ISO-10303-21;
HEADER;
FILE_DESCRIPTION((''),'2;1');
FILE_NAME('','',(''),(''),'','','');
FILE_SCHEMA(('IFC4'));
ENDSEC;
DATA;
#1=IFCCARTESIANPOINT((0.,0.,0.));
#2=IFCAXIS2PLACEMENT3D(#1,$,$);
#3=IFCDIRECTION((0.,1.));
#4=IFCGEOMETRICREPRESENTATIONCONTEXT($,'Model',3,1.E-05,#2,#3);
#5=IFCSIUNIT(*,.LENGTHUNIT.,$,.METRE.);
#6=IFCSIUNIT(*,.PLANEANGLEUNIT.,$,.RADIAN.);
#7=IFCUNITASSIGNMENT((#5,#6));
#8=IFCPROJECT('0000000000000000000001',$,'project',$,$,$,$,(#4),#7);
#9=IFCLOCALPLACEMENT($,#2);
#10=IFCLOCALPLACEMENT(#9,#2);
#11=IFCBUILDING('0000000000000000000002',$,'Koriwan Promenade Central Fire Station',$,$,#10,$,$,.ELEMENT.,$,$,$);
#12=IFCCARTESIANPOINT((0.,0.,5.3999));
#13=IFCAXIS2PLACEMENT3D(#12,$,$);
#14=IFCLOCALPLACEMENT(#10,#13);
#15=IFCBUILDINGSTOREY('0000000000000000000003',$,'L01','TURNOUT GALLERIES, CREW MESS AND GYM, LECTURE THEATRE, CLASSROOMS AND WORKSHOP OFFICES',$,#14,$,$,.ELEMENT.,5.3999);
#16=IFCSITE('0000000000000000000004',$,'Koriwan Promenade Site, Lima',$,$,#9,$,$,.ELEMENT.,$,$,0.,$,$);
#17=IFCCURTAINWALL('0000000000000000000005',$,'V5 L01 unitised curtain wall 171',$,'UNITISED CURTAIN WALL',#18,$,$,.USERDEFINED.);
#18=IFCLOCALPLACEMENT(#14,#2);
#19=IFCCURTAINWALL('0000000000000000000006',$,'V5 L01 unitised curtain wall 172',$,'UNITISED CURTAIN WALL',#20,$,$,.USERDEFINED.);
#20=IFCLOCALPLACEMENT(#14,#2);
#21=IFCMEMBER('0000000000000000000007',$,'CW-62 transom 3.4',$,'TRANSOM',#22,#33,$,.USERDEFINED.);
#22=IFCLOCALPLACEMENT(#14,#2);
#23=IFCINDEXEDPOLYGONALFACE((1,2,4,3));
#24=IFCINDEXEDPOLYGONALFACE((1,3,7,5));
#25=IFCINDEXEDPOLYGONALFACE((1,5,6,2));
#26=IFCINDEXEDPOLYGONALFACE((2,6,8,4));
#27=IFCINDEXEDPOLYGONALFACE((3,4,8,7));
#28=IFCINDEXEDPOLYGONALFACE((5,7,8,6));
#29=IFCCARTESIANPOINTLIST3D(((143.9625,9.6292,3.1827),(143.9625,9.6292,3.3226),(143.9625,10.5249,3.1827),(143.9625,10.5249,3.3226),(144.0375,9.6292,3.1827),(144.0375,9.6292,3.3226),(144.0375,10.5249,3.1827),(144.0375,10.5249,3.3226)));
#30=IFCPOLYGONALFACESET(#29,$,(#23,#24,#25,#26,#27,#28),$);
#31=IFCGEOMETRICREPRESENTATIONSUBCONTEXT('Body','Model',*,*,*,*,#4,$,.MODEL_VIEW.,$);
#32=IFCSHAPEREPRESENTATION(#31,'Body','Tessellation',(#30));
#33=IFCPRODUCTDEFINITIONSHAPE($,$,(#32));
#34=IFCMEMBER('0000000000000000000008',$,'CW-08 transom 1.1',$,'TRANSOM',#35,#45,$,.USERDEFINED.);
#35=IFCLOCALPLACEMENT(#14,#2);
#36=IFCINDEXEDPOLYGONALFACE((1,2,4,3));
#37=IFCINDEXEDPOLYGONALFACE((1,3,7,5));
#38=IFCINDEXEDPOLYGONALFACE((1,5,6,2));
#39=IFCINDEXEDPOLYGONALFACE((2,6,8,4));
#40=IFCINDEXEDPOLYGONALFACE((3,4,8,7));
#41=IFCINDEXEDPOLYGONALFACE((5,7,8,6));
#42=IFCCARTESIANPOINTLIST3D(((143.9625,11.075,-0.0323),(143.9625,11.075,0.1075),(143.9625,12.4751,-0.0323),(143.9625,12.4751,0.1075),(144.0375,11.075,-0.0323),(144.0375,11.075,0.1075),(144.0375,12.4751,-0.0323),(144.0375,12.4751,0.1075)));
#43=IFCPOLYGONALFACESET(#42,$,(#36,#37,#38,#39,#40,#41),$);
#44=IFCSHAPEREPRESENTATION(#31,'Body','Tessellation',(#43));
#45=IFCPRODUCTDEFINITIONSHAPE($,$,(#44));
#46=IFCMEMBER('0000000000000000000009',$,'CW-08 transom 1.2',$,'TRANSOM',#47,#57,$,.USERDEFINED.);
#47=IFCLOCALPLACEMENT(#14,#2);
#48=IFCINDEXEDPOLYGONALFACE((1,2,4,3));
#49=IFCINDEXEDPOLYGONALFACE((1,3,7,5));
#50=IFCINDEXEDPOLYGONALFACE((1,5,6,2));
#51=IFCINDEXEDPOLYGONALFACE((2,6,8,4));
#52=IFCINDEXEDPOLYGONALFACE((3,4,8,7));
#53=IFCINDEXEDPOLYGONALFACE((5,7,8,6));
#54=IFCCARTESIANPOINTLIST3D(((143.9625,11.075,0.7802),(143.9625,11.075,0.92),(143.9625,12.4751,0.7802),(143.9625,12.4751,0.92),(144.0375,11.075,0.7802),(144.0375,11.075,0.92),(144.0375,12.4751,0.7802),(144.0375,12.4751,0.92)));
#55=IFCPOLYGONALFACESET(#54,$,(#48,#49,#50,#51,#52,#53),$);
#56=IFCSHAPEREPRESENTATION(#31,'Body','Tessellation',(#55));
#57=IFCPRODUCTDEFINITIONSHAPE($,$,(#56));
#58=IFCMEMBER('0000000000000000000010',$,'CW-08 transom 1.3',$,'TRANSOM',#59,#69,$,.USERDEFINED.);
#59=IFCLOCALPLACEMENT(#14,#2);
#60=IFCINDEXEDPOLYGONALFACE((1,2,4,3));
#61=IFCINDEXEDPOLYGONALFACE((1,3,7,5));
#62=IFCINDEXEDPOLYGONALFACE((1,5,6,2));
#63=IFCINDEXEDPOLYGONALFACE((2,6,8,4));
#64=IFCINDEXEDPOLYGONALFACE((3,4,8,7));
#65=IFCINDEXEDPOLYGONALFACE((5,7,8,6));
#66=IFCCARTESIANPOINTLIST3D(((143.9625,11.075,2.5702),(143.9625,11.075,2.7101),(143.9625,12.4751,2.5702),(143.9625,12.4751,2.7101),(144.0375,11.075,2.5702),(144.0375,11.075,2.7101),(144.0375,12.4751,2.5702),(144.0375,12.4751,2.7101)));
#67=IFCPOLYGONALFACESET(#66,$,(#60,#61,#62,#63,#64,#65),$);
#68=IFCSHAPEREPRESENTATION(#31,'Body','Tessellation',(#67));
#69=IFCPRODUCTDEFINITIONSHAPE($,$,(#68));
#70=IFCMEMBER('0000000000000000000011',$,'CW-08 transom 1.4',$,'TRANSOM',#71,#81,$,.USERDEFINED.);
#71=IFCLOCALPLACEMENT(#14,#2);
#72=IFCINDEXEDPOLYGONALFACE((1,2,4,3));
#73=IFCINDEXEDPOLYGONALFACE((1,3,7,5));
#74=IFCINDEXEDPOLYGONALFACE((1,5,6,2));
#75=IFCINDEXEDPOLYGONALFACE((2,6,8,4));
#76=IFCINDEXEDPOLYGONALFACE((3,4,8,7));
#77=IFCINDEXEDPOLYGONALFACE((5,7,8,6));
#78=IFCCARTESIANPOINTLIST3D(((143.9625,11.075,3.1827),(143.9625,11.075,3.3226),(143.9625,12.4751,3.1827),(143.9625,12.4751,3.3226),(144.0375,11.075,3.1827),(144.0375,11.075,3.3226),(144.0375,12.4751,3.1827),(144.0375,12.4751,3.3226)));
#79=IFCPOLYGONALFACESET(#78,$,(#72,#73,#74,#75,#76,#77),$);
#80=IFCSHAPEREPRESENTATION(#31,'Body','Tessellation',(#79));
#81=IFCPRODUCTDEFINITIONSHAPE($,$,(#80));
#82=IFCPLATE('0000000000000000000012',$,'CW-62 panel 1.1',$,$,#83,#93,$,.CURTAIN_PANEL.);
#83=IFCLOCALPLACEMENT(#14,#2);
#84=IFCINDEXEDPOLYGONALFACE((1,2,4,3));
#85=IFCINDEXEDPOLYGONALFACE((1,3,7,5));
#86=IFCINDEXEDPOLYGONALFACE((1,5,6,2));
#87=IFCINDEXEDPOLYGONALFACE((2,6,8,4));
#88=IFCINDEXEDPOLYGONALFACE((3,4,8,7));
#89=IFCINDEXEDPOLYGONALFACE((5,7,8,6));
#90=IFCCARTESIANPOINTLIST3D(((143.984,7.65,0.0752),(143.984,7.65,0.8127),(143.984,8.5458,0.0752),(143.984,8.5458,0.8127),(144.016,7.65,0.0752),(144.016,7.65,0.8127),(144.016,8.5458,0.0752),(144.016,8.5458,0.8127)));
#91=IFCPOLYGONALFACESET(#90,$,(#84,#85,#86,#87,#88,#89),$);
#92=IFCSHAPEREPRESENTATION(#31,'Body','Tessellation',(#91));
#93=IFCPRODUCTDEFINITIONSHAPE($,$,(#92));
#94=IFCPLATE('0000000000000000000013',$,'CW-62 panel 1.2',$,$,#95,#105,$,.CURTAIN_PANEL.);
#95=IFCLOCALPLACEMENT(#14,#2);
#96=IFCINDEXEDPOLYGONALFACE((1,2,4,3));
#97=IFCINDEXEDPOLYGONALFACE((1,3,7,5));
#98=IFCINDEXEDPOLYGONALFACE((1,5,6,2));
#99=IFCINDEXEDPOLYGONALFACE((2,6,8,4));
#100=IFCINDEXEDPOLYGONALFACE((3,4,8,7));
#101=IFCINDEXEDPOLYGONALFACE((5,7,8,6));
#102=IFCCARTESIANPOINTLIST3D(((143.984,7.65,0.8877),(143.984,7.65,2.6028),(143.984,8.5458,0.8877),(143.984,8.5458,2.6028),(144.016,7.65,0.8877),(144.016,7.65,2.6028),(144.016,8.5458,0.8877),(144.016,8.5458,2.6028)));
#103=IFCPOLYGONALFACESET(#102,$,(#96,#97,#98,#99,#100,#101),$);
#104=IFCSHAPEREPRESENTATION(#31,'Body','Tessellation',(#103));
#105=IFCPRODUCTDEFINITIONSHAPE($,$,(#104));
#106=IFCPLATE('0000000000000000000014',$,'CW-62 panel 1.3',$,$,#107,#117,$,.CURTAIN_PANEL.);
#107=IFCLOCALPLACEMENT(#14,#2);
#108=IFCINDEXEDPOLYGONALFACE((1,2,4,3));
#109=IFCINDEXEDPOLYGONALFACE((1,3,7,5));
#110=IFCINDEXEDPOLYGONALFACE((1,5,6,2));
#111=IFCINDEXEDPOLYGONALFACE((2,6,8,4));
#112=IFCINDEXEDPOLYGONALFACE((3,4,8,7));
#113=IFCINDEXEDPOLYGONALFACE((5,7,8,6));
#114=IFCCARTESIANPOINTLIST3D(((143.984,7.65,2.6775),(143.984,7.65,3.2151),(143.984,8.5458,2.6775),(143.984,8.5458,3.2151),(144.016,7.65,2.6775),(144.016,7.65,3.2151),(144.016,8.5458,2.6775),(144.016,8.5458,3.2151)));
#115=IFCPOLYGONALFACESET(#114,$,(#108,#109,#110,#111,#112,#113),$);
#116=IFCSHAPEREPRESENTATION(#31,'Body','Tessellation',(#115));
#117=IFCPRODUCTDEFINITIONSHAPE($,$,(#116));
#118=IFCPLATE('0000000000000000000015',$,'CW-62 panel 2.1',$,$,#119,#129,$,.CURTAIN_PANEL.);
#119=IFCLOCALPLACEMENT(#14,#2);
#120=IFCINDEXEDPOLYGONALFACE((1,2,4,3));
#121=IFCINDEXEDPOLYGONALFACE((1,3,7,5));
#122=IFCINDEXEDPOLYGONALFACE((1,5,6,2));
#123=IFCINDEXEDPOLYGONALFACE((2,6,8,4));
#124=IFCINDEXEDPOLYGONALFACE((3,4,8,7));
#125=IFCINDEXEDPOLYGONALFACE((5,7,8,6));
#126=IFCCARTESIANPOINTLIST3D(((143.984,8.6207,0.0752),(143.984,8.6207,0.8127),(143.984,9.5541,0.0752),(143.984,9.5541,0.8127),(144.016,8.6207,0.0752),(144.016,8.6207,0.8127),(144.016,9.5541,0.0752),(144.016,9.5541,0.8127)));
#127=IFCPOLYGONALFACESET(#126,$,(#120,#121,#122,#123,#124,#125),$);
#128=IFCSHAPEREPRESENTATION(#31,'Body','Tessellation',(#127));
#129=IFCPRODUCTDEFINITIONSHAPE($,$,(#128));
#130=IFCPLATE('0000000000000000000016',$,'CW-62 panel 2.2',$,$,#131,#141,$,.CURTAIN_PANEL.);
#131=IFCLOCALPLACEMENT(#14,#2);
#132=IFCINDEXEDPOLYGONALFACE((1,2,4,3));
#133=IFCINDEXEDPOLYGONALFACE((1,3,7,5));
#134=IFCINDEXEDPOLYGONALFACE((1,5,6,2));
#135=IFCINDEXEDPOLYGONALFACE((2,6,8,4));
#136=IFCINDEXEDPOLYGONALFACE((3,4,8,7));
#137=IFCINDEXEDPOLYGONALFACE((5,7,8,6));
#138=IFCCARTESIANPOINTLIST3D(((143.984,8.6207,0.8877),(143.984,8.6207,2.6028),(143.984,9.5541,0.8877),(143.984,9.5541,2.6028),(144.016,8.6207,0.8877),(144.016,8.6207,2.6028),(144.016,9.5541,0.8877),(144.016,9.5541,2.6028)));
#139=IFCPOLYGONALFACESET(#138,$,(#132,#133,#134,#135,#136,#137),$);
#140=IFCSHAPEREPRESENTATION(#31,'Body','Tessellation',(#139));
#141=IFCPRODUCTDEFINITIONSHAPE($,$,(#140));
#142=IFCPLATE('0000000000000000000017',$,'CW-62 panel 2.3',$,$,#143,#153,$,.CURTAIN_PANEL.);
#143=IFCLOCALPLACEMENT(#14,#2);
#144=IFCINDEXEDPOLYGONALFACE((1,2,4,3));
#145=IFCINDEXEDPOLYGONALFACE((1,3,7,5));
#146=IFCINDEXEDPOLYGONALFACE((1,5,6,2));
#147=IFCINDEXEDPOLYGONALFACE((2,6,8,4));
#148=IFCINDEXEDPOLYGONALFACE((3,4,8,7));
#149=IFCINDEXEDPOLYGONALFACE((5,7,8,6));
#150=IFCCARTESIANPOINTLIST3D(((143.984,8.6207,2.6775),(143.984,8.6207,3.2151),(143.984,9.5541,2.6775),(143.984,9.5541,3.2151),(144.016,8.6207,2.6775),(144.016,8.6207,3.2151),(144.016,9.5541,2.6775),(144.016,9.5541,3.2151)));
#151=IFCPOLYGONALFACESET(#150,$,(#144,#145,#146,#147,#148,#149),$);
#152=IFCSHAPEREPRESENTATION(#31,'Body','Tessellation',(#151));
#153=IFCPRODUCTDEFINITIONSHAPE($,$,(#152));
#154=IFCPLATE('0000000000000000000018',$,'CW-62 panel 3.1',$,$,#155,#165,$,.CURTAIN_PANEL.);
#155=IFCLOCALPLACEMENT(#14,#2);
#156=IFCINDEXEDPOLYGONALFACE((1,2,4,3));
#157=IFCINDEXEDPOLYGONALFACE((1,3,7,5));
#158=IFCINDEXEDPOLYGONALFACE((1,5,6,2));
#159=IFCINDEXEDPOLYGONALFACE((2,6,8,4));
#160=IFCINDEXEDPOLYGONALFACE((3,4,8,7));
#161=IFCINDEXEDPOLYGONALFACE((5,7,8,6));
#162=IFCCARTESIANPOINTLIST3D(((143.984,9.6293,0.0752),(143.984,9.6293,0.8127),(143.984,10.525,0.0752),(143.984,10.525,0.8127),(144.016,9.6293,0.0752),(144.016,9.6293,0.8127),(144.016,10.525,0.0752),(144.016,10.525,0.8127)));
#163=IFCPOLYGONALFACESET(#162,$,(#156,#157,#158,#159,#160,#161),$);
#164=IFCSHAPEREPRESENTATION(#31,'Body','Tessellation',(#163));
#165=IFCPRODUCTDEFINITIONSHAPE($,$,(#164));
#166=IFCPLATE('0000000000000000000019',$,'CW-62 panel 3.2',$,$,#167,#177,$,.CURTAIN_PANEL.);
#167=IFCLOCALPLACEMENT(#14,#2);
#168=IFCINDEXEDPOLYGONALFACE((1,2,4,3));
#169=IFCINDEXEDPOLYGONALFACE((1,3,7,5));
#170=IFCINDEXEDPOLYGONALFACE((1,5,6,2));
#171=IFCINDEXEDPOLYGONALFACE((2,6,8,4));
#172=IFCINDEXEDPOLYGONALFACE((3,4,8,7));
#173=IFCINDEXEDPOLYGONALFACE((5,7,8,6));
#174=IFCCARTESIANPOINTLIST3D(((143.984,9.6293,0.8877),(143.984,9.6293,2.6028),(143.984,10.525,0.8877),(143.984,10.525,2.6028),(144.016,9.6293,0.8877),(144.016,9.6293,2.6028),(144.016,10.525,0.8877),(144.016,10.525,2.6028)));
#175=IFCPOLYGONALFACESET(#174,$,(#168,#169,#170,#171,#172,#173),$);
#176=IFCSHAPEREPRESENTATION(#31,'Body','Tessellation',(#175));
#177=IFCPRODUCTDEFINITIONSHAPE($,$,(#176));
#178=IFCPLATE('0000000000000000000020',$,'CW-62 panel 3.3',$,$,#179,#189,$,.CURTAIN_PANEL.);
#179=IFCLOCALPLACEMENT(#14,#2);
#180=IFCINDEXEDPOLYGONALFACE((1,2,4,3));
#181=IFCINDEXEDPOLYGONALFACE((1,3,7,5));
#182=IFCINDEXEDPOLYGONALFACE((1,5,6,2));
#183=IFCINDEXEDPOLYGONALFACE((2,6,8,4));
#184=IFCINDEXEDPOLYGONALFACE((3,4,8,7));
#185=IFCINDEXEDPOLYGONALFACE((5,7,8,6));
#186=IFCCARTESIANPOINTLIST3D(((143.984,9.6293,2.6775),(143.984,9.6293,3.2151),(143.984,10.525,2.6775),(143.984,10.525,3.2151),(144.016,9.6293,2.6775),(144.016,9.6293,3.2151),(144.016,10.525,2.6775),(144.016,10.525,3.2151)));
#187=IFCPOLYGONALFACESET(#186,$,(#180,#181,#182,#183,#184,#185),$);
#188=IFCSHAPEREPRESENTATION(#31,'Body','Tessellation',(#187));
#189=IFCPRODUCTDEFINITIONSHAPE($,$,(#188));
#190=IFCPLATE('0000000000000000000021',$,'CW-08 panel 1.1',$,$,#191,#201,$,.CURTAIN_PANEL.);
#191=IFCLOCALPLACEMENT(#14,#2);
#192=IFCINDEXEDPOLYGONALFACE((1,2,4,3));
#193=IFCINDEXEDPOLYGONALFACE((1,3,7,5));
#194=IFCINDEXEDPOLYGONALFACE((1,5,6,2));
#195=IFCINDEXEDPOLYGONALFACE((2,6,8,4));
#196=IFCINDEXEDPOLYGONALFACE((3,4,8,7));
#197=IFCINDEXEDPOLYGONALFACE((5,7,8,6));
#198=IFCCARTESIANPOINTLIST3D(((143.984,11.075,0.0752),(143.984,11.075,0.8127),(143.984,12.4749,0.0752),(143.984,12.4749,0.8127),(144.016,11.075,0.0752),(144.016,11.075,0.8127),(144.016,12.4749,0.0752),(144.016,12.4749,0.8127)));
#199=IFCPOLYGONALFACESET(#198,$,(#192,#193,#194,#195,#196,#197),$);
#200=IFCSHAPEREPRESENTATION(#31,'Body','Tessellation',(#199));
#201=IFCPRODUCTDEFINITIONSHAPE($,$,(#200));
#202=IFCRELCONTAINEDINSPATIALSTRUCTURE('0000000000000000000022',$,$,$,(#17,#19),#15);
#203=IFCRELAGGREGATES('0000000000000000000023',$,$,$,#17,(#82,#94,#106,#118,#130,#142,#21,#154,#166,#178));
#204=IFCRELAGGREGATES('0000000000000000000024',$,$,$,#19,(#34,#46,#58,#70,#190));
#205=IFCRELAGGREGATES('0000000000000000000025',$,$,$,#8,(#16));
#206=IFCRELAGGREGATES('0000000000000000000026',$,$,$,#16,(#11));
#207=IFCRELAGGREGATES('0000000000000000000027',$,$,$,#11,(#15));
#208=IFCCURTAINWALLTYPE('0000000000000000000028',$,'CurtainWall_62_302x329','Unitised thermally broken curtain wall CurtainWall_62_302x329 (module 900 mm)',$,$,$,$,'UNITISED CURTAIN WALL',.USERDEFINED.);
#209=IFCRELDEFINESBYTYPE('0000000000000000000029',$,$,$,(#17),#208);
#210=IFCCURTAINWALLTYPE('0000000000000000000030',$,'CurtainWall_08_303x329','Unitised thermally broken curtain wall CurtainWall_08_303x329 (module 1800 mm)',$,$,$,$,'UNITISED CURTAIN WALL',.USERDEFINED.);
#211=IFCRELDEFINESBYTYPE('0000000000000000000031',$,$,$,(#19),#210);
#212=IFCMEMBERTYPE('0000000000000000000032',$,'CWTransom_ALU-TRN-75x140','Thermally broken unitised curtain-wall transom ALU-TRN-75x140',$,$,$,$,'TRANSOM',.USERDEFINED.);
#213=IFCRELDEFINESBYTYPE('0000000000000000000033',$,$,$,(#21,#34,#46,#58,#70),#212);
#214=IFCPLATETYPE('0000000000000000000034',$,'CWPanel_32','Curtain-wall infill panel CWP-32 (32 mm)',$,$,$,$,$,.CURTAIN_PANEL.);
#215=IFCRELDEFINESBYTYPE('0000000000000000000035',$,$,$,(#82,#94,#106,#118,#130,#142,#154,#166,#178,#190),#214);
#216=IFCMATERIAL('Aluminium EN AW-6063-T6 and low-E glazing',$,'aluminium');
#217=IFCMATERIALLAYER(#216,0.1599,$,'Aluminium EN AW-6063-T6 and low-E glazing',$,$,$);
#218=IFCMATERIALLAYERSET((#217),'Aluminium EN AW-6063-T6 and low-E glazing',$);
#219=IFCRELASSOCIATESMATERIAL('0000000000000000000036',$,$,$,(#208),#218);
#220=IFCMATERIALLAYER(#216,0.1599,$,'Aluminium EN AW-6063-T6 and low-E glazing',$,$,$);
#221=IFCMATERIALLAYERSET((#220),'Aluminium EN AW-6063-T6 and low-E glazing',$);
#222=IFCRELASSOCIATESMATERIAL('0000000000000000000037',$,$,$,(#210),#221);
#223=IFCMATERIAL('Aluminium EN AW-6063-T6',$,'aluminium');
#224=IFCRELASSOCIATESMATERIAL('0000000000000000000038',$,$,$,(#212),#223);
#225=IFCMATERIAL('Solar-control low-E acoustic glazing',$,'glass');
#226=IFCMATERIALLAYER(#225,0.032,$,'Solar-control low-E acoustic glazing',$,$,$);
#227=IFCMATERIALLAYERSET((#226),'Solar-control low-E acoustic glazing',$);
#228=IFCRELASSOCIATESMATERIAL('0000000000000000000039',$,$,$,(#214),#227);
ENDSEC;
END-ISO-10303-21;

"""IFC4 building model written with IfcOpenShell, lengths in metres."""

from ifc_helpers import new_model, si_unit, direction, frame, origin, origin_2d, place, context, subcontext, project, spatial, rectangle, extrude, material, layer, layer_set, material_profile, profile_set, type_object, element, aggregate, save


model = new_model("IFC4")

# Units and contexts
model_context = context("Model", 3, precision=1e-05, world=origin(), true_north=direction((0.0, 1.0)))
body_context = subcontext(model_context, "Body", "Model", "MODEL_VIEW")
ifc_project = project(units=[si_unit("LENGTHUNIT", "METRE"), si_unit("PLANEANGLEUNIT", "RADIAN")], contexts=[model_context])

# Site, building, storey
site_placement = place(None, origin())
site = spatial("IfcSite", under=ifc_project, at=site_placement, Name="Koriwan Promenade Site, Lima", CompositionType="ELEMENT", RefElevation=0.0)
building_placement = place(site_placement, origin())
building = spatial("IfcBuilding", under=site, at=building_placement, Name="Koriwan Promenade Central Fire Station", CompositionType="ELEMENT")
storey_placement = place(building_placement, frame((0.0, 0.0, 5.3999)))
storey = spatial("IfcBuildingStorey", under=building, at=storey_placement, Name="L01", Description="TURNOUT GALLERIES, CREW MESS AND GYM, LECTURE THEATRE, CLASSROOMS AND WORKSHOP OFFICES", CompositionType="ELEMENT", Elevation=5.3999)

# Curtain walls
ifc_material_1 = material(Name="Aluminium EN AW-6063-T6 and low-E glazing", Category="aluminium")
ifc_layer_1 = layer(ifc_material_1, 0.1599, Name="Aluminium EN AW-6063-T6 and low-E glazing")
ifc_layer_set_1 = layer_set([ifc_layer_1], Name="Aluminium EN AW-6063-T6 and low-E glazing")
curtain_wall_type_1 = type_object("IfcCurtainWallType", Name="CurtainWall_62_302x329", Description="Unitised thermally broken curtain wall CurtainWall_62_302x329 (module 900 mm)", ElementType="UNITISED CURTAIN WALL", PredefinedType="USERDEFINED", material=ifc_layer_set_1)
curtain_wall_1_placement = place(storey_placement, origin())
curtain_wall_1 = element("IfcCurtainWall", 1, at=curtain_wall_1_placement, inside=storey, type_object=curtain_wall_type_1, Name="V5 L01 unitised curtain wall 171", ObjectType="UNITISED CURTAIN WALL", PredefinedType="USERDEFINED")
ifc_material_2 = material(Name="Aluminium EN AW-6063-T6", Category="aluminium")
ifc_layer_2 = layer(ifc_material_1, 0.1599, Name="Aluminium EN AW-6063-T6 and low-E glazing")
ifc_layer_set_2 = layer_set([ifc_layer_2], Name="Aluminium EN AW-6063-T6 and low-E glazing")
curtain_wall_type_2 = type_object("IfcCurtainWallType", Name="CurtainWall_08_303x329", Description="Unitised thermally broken curtain wall CurtainWall_08_303x329 (module 1800 mm)", ElementType="UNITISED CURTAIN WALL", PredefinedType="USERDEFINED", material=ifc_layer_set_2)
curtain_wall_2_placement = place(storey_placement, origin())
curtain_wall_2 = element("IfcCurtainWall", 2, at=curtain_wall_2_placement, inside=storey, type_object=curtain_wall_type_2, Name="V5 L01 unitised curtain wall 172", ObjectType="UNITISED CURTAIN WALL", PredefinedType="USERDEFINED")

# Members
ifc_material_profile_1 = material_profile(ifc_material_2, rectangle(XDim=0.075, YDim=0.1399, at=origin_2d()), Name="ALU-TRN-75x140")
ifc_profile_set_1 = profile_set([ifc_material_profile_1], Name="Aluminium EN AW-6063-T6")
member_type_1 = type_object("IfcMemberType", Name="CWTransom_ALU-TRN-75x140", Description="Thermally broken unitised curtain-wall transom ALU-TRN-75x140", ElementType="TRANSOM", PredefinedType="USERDEFINED", material=ifc_profile_set_1)
member_1_placement = place(storey_placement, frame((144.0, 9.6292, 3.2527), z_axis=(0.0, 1.0, 0.0), x_axis=(-1.0, 0.0, 0.0)))
member_1 = element("IfcMember", 3, at=member_1_placement, type_object=member_type_1, Name="CW-62 transom 3.4", ObjectType="TRANSOM", PredefinedType="USERDEFINED", context=body_context, shape_type="SweptSolid", body=[
    extrude(rectangle(XDim=0.075, YDim=0.1399, at=origin_2d()), origin(), (0.0, 0.0, 1.0), 0.8958),
])
member_2_placement = place(storey_placement, frame((144.0, 11.075, 0.0376), z_axis=(0.0, 1.0, 0.0), x_axis=(-1.0, 0.0, 0.0)))
member_2 = element("IfcMember", 4, at=member_2_placement, type_object=member_type_1, Name="CW-08 transom 1.1", ObjectType="TRANSOM", PredefinedType="USERDEFINED", context=body_context, shape_type="SweptSolid", body=[
    extrude(rectangle(XDim=0.075, YDim=0.1399, at=origin_2d()), origin(), (0.0, 0.0, 1.0), 1.4001),
])
member_3_placement = place(storey_placement, frame((144.0, 11.075, 0.8501), z_axis=(0.0, 1.0, 0.0), x_axis=(-1.0, 0.0, 0.0)))
member_3 = element("IfcMember", 5, at=member_3_placement, type_object=member_type_1, Name="CW-08 transom 1.2", ObjectType="TRANSOM", PredefinedType="USERDEFINED", context=body_context, shape_type="SweptSolid", body=[
    extrude(rectangle(XDim=0.075, YDim=0.1399, at=origin_2d()), origin(), (0.0, 0.0, 1.0), 1.4001),
])
member_4_placement = place(storey_placement, frame((144.0, 11.075, 2.6401), z_axis=(0.0, 1.0, 0.0), x_axis=(-1.0, 0.0, 0.0)))
member_4 = element("IfcMember", 6, at=member_4_placement, type_object=member_type_1, Name="CW-08 transom 1.3", ObjectType="TRANSOM", PredefinedType="USERDEFINED", context=body_context, shape_type="SweptSolid", body=[
    extrude(rectangle(XDim=0.075, YDim=0.1399, at=origin_2d()), origin(), (0.0, 0.0, 1.0), 1.4001),
])
member_5_placement = place(storey_placement, frame((144.0, 11.075, 3.2527), z_axis=(0.0, 1.0, 0.0), x_axis=(-1.0, 0.0, 0.0)))
member_5 = element("IfcMember", 7, at=member_5_placement, type_object=member_type_1, Name="CW-08 transom 1.4", ObjectType="TRANSOM", PredefinedType="USERDEFINED", context=body_context, shape_type="SweptSolid", body=[
    extrude(rectangle(XDim=0.075, YDim=0.1399, at=origin_2d()), origin(), (0.0, 0.0, 1.0), 1.4001),
])

# Plates
ifc_material_3 = material(Name="Solar-control low-E acoustic glazing", Category="glass")
ifc_layer_3 = layer(ifc_material_3, 0.032, Name="Solar-control low-E acoustic glazing")
ifc_layer_set_3 = layer_set([ifc_layer_3], Name="Solar-control low-E acoustic glazing")
plate_type = type_object("IfcPlateType", Name="CWPanel_32", Description="Curtain-wall infill panel CWP-32 (32 mm)", PredefinedType="CURTAIN_PANEL", material=ifc_layer_set_3)
plate_1_placement = place(storey_placement, frame((144.0, 8.0979, 0.0752), z_axis=(0.0, 0.0, 1.0), x_axis=(0.0, 1.0, 0.0)))
plate_1 = element("IfcPlate", 8, at=plate_1_placement, type_object=plate_type, Name="CW-62 panel 1.1", PredefinedType="CURTAIN_PANEL", context=body_context, shape_type="SweptSolid", body=[
    extrude(rectangle(XDim=0.8958, YDim=0.032, at=origin_2d()), origin(), (0.0, 0.0, 1.0), 0.7375),
])
plate_2_placement = place(storey_placement, frame((144.0, 8.0979, 0.8877), z_axis=(0.0, 0.0, 1.0), x_axis=(0.0, 1.0, 0.0)))
plate_2 = element("IfcPlate", 9, at=plate_2_placement, type_object=plate_type, Name="CW-62 panel 1.2", PredefinedType="CURTAIN_PANEL", context=body_context, shape_type="SweptSolid", body=[
    extrude(rectangle(XDim=0.8958, YDim=0.032, at=origin_2d()), origin(), (0.0, 0.0, 1.0), 1.7151),
])
plate_3_placement = place(storey_placement, frame((144.0, 8.0979, 2.6775), z_axis=(0.0, 0.0, 1.0), x_axis=(0.0, 1.0, 0.0)))
plate_3 = element("IfcPlate", 10, at=plate_3_placement, type_object=plate_type, Name="CW-62 panel 1.3", PredefinedType="CURTAIN_PANEL", context=body_context, shape_type="SweptSolid", body=[
    extrude(rectangle(XDim=0.8958, YDim=0.032, at=origin_2d()), origin(), (0.0, 0.0, 1.0), 0.5376),
])
plate_4_placement = place(storey_placement, frame((144.0, 9.0874, 0.0752), z_axis=(0.0, 0.0, 1.0), x_axis=(0.0, 1.0, 0.0)))
plate_4 = element("IfcPlate", 11, at=plate_4_placement, type_object=plate_type, Name="CW-62 panel 2.1", PredefinedType="CURTAIN_PANEL", context=body_context, shape_type="SweptSolid", body=[
    extrude(rectangle(XDim=0.9333, YDim=0.032, at=origin_2d()), origin(), (0.0, 0.0, 1.0), 0.7375),
])
plate_5_placement = place(storey_placement, frame((144.0, 9.0874, 0.8877), z_axis=(0.0, 0.0, 1.0), x_axis=(0.0, 1.0, 0.0)))
plate_5 = element("IfcPlate", 12, at=plate_5_placement, type_object=plate_type, Name="CW-62 panel 2.2", PredefinedType="CURTAIN_PANEL", context=body_context, shape_type="SweptSolid", body=[
    extrude(rectangle(XDim=0.9333, YDim=0.032, at=origin_2d()), origin(), (0.0, 0.0, 1.0), 1.7151),
])
plate_6_placement = place(storey_placement, frame((144.0, 9.0874, 2.6775), z_axis=(0.0, 0.0, 1.0), x_axis=(0.0, 1.0, 0.0)))
plate_6 = element("IfcPlate", 13, at=plate_6_placement, type_object=plate_type, Name="CW-62 panel 2.3", PredefinedType="CURTAIN_PANEL", context=body_context, shape_type="SweptSolid", body=[
    extrude(rectangle(XDim=0.9333, YDim=0.032, at=origin_2d()), origin(), (0.0, 0.0, 1.0), 0.5376),
])
plate_7_placement = place(storey_placement, frame((144.0, 10.0771, 0.0752), z_axis=(0.0, 0.0, 1.0), x_axis=(0.0, 1.0, 0.0)))
plate_7 = element("IfcPlate", 14, at=plate_7_placement, type_object=plate_type, Name="CW-62 panel 3.1", PredefinedType="CURTAIN_PANEL", context=body_context, shape_type="SweptSolid", body=[
    extrude(rectangle(XDim=0.8958, YDim=0.032, at=origin_2d()), origin(), (0.0, 0.0, 1.0), 0.7375),
])
plate_8_placement = place(storey_placement, frame((144.0, 10.0771, 0.8877), z_axis=(0.0, 0.0, 1.0), x_axis=(0.0, 1.0, 0.0)))
plate_8 = element("IfcPlate", 15, at=plate_8_placement, type_object=plate_type, Name="CW-62 panel 3.2", PredefinedType="CURTAIN_PANEL", context=body_context, shape_type="SweptSolid", body=[
    extrude(rectangle(XDim=0.8958, YDim=0.032, at=origin_2d()), origin(), (0.0, 0.0, 1.0), 1.7151),
])
plate_9_placement = place(storey_placement, frame((144.0, 10.0771, 2.6775), z_axis=(0.0, 0.0, 1.0), x_axis=(0.0, 1.0, 0.0)))
plate_9 = element("IfcPlate", 16, at=plate_9_placement, type_object=plate_type, Name="CW-62 panel 3.3", PredefinedType="CURTAIN_PANEL", context=body_context, shape_type="SweptSolid", body=[
    extrude(rectangle(XDim=0.8958, YDim=0.032, at=origin_2d()), origin(), (0.0, 0.0, 1.0), 0.5376),
])
aggregate(curtain_wall_1, [plate_1, plate_2, plate_3, plate_4, plate_5, plate_6, member_1, plate_7, plate_8, plate_9])
plate_10_placement = place(storey_placement, frame((144.0, 11.7749, 0.0752), z_axis=(0.0, 0.0, 1.0), x_axis=(0.0, 1.0, 0.0)))
plate_10 = element("IfcPlate", 17, at=plate_10_placement, type_object=plate_type, Name="CW-08 panel 1.1", PredefinedType="CURTAIN_PANEL", context=body_context, shape_type="SweptSolid", body=[
    extrude(rectangle(XDim=1.3999, YDim=0.032, at=origin_2d()), origin(), (0.0, 0.0, 1.0), 0.7375),
])
aggregate(curtain_wall_2, [member_2, member_3, member_4, member_5, plate_10])

save(model, "model.ifc")
